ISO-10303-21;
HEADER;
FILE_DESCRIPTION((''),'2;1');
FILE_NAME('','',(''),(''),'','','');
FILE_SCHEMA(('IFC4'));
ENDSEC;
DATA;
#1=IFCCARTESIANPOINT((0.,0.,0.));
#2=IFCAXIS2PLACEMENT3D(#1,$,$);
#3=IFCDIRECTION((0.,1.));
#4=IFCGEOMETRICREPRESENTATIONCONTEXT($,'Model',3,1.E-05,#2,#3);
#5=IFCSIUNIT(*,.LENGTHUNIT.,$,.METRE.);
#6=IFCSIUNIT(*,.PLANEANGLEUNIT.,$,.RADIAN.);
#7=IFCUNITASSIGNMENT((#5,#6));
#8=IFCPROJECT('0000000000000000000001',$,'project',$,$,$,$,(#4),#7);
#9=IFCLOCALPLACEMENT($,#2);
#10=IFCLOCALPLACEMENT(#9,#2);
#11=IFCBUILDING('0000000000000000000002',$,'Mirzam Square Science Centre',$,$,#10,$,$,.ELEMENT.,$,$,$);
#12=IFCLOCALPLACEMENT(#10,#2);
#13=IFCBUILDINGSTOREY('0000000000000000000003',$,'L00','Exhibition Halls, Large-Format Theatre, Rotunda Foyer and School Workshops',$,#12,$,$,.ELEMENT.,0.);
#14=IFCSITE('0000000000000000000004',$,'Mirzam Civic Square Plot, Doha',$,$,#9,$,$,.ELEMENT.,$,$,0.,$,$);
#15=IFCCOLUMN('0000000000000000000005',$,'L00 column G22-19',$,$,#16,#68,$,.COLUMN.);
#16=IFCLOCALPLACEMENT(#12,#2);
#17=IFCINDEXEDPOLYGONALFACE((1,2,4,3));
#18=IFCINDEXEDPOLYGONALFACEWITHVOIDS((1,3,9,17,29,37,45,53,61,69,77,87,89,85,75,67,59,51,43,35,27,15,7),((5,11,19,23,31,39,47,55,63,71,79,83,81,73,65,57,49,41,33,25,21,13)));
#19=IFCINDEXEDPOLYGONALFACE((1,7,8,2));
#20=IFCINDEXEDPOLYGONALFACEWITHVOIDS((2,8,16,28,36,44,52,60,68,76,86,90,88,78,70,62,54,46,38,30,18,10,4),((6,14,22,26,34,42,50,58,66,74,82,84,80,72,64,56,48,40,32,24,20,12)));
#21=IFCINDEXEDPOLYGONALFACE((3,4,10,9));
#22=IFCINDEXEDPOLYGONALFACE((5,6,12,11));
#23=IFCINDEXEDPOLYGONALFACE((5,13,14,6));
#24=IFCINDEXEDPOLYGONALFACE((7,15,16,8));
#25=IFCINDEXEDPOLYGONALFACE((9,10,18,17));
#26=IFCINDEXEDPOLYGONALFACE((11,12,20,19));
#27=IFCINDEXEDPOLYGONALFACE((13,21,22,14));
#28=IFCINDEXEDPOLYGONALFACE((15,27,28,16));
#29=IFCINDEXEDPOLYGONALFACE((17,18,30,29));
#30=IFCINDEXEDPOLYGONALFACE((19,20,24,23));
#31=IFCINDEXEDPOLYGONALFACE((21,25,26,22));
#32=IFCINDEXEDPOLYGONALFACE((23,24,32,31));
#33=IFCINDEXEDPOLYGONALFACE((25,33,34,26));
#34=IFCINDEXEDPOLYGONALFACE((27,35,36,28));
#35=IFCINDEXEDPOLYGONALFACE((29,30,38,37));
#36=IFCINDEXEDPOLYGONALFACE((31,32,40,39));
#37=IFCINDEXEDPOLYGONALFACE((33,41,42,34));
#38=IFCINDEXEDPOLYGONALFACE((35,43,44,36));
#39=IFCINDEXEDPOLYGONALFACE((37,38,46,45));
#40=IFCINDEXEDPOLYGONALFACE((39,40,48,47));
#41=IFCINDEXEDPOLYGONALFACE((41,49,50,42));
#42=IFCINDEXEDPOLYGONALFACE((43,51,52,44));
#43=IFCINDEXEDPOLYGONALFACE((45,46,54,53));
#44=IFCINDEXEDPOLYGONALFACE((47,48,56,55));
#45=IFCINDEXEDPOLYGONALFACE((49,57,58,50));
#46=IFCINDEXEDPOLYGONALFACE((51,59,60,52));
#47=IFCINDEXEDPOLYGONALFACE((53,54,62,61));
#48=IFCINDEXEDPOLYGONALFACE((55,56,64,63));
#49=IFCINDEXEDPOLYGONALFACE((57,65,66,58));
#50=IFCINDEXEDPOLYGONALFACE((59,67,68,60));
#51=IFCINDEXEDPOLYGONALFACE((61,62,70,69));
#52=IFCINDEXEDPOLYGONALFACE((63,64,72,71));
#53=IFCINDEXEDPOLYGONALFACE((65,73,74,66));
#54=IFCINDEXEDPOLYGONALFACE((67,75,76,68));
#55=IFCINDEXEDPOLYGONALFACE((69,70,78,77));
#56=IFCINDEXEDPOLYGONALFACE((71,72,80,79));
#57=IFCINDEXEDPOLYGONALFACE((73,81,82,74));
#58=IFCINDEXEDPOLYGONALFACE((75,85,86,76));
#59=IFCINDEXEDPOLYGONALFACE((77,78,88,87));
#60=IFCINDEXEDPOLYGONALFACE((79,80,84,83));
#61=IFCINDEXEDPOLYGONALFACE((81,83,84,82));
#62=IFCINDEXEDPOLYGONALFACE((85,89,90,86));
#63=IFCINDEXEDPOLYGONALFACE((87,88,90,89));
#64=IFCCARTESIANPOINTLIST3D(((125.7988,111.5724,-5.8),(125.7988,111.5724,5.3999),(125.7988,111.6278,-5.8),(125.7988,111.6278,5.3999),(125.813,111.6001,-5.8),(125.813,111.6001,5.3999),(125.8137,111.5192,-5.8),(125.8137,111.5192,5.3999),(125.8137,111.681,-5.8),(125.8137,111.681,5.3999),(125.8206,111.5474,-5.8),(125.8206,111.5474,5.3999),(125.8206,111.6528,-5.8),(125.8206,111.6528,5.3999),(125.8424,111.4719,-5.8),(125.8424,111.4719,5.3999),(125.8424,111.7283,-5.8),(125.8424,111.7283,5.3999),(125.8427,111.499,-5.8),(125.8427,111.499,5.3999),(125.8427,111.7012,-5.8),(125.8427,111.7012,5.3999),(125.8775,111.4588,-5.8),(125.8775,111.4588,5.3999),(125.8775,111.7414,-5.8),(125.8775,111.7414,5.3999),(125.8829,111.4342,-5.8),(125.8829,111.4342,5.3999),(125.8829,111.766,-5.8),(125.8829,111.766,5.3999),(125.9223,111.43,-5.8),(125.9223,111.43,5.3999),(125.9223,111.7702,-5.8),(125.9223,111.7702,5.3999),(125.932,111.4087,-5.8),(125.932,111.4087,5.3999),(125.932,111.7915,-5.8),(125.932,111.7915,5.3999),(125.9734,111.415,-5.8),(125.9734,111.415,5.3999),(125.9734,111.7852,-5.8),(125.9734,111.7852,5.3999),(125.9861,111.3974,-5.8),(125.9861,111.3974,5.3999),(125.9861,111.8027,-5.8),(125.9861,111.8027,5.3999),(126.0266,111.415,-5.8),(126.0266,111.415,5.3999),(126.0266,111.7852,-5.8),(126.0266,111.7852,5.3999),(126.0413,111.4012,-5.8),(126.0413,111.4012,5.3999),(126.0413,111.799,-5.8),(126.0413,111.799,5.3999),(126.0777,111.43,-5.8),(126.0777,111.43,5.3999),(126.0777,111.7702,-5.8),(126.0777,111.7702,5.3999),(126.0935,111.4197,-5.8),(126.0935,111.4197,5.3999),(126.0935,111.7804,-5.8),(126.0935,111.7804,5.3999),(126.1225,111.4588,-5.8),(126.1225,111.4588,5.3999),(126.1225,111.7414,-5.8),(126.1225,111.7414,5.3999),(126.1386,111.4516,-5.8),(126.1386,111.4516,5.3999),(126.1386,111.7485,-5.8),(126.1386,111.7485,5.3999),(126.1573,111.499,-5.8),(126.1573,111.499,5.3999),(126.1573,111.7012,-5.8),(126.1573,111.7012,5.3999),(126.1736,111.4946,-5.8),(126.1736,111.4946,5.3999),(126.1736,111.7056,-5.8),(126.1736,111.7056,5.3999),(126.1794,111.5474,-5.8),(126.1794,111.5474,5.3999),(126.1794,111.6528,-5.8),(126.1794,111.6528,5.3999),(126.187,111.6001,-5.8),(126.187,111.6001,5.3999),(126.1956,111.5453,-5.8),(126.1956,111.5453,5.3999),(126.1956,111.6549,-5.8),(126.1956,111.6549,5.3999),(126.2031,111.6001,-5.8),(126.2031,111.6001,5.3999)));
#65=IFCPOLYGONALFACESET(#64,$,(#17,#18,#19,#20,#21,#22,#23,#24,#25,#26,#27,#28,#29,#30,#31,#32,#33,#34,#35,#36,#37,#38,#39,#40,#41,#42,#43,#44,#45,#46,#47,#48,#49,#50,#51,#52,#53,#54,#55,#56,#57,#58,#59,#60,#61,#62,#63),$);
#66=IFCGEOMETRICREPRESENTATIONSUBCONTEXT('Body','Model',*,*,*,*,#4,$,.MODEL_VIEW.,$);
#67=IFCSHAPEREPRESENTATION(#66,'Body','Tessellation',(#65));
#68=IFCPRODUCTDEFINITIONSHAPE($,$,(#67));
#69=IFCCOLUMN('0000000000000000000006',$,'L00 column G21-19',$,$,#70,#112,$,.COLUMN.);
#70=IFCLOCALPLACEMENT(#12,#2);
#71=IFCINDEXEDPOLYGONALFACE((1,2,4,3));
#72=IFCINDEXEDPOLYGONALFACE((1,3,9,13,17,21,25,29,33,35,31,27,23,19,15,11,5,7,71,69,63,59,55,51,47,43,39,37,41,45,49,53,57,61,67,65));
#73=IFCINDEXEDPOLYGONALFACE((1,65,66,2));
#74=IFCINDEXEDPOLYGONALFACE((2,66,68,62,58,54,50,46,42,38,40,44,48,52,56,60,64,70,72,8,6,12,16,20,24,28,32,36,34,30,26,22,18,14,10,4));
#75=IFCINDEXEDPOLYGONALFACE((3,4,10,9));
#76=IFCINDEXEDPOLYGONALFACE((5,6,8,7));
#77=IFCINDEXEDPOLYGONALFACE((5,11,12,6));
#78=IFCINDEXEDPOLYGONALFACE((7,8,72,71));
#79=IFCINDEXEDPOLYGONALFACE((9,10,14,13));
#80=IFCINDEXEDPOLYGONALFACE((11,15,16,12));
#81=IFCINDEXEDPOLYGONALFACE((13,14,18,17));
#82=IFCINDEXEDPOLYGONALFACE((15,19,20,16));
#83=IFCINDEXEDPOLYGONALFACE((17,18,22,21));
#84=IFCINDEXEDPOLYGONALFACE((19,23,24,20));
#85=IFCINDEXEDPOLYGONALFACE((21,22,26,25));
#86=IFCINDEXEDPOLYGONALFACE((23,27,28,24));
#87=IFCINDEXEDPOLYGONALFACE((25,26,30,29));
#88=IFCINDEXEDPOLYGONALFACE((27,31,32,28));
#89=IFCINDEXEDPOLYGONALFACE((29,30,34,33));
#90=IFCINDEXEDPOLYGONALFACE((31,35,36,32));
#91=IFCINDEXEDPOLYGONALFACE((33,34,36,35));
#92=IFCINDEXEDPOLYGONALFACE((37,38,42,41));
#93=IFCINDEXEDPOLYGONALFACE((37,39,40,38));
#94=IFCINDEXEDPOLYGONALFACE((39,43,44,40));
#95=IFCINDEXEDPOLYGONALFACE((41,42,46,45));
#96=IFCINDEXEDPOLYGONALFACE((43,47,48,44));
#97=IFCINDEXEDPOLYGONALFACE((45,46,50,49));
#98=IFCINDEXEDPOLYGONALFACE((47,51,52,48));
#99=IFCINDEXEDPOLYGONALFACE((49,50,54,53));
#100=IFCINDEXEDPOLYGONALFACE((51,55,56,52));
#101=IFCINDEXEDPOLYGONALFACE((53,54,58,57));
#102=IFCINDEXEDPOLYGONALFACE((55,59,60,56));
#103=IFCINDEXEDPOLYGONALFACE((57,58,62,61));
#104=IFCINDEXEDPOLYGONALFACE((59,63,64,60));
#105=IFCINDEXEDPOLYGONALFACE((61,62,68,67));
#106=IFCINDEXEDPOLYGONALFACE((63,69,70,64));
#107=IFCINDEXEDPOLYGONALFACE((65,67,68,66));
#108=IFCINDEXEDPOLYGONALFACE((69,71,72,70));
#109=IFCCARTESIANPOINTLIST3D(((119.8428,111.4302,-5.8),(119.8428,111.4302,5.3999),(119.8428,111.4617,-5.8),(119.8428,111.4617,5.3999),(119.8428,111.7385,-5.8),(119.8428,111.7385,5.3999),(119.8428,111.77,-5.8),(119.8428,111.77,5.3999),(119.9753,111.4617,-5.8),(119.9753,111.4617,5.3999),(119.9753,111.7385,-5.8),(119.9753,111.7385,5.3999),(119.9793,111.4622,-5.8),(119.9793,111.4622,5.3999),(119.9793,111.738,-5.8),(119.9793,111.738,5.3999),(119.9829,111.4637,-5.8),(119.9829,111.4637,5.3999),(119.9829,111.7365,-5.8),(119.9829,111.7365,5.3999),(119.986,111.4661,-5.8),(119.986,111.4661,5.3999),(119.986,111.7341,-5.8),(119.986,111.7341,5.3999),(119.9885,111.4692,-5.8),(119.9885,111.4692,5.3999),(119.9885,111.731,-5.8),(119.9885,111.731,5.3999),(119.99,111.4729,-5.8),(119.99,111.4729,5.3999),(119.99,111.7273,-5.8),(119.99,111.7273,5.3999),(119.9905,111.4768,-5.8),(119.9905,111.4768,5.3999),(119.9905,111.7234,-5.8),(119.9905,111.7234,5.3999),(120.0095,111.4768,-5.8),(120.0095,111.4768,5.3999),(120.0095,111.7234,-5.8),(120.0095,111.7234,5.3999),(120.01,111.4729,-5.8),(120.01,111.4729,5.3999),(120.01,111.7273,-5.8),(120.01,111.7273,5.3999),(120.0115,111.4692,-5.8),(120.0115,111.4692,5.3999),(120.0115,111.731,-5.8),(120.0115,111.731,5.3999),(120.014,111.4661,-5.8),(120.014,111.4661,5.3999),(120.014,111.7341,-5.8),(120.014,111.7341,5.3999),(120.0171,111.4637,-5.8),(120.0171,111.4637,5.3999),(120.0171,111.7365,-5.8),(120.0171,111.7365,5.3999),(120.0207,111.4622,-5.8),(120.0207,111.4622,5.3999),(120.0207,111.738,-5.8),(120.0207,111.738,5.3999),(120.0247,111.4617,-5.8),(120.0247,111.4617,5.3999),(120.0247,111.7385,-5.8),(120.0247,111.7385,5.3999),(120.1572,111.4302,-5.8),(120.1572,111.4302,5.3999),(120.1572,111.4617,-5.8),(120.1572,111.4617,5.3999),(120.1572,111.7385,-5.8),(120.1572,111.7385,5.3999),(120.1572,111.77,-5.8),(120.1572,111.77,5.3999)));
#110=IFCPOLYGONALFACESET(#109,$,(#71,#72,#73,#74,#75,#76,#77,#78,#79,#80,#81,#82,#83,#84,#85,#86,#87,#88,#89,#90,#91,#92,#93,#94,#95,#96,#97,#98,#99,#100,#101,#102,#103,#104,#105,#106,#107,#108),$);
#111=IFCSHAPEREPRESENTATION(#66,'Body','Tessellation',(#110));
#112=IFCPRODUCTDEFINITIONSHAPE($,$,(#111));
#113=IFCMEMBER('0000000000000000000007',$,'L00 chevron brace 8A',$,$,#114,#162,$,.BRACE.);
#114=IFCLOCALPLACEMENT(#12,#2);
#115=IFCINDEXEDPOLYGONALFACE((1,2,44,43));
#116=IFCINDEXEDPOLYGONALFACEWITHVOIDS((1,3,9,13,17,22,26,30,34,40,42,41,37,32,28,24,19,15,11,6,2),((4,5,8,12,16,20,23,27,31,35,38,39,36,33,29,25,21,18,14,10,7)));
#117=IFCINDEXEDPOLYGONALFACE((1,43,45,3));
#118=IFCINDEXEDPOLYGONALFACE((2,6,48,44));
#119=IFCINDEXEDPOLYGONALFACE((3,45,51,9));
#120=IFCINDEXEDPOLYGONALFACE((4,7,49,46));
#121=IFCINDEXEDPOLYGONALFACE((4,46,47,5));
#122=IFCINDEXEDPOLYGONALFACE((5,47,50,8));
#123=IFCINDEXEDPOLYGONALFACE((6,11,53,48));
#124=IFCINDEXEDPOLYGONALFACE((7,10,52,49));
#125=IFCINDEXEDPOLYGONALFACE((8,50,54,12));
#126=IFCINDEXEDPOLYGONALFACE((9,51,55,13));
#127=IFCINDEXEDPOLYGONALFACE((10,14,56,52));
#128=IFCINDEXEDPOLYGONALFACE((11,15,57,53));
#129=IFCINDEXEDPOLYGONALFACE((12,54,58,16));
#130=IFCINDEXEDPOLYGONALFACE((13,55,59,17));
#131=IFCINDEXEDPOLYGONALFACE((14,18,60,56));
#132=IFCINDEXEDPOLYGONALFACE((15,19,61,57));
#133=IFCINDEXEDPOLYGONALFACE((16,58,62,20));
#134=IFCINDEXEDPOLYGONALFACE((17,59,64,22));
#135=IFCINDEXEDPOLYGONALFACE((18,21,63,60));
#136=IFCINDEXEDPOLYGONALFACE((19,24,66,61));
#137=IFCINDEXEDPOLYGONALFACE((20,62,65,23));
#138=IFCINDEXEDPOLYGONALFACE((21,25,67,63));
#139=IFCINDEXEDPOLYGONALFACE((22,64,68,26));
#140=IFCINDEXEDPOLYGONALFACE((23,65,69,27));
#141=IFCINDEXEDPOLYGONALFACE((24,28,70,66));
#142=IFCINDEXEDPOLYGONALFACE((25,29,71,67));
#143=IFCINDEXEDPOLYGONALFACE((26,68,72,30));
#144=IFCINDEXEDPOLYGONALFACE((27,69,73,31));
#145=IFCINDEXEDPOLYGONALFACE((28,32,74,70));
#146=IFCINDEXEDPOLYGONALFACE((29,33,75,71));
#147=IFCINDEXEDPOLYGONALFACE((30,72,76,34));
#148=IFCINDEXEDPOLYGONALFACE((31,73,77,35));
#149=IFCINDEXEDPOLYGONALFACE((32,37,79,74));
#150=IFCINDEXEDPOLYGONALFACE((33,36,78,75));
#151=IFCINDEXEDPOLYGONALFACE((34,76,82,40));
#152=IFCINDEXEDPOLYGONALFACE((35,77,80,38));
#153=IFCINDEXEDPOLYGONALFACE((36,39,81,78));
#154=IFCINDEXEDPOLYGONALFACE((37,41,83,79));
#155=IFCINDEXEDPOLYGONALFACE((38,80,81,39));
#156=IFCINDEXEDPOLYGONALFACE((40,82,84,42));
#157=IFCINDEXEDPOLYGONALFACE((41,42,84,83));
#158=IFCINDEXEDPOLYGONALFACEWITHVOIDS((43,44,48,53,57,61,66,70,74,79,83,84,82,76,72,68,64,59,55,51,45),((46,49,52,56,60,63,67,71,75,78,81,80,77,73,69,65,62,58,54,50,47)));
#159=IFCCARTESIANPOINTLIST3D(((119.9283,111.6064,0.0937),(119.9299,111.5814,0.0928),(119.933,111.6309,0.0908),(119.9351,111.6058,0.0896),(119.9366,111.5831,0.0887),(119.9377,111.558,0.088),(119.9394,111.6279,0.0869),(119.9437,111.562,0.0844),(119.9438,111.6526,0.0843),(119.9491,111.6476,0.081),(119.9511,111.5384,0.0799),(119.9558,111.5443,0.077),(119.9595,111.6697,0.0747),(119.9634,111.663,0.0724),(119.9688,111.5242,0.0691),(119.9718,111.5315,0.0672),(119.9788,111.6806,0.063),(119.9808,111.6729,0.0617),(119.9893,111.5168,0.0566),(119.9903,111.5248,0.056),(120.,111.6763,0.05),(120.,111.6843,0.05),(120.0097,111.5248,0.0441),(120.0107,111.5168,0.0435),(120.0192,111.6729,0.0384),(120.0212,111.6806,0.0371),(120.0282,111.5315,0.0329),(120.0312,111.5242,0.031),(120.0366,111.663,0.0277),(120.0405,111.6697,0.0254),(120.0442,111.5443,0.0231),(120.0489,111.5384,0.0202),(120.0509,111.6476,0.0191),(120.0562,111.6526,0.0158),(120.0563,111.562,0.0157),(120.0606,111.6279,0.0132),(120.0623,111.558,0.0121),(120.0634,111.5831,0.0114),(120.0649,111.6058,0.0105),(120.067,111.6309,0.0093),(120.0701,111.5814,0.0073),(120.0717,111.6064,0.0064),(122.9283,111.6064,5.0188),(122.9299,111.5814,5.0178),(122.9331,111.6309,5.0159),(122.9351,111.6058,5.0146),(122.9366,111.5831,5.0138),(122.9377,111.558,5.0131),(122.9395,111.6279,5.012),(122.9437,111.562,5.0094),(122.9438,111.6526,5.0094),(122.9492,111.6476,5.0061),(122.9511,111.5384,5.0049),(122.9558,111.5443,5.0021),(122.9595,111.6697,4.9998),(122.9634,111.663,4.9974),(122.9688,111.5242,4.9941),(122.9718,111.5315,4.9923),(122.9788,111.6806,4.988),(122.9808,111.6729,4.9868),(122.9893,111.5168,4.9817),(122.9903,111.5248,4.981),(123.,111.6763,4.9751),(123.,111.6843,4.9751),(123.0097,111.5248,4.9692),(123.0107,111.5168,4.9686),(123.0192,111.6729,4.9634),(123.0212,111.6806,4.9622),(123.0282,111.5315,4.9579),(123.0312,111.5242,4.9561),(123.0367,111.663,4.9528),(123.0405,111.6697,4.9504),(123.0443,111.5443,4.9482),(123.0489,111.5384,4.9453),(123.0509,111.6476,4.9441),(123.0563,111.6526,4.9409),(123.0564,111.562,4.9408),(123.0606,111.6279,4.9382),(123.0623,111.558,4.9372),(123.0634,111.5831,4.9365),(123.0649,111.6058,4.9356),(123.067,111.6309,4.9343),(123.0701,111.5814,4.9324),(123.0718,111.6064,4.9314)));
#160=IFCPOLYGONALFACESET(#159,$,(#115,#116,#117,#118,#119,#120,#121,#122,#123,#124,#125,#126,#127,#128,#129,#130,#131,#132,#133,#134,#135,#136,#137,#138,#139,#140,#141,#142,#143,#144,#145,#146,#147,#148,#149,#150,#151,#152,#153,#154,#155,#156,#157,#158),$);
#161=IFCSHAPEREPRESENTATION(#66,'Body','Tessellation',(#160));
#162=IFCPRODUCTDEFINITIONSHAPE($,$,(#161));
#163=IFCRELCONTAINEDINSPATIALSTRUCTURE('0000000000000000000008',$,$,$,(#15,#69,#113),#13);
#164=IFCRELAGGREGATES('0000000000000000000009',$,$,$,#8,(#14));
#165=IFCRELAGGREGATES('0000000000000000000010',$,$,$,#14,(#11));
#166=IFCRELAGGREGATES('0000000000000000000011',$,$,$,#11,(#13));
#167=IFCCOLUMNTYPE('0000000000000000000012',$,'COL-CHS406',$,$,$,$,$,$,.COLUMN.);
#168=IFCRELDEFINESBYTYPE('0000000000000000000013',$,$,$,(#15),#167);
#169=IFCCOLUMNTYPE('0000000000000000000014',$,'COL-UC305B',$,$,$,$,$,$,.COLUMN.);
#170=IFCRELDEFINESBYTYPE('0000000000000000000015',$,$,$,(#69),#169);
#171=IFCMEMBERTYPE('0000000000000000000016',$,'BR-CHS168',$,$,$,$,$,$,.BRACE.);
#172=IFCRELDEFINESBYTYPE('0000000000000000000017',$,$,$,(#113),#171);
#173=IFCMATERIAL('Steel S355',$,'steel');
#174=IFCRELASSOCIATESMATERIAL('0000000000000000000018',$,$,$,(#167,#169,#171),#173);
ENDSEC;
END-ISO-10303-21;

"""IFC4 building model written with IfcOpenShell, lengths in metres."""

from ifc_helpers import new_model, si_unit, direction, frame, origin, origin_2d, place, context, subcontext, project, spatial, hollow_circle, i_section, extrude, material, material_profile, profile_set, type_object, element, save


model = new_model("IFC4")

# Units and contexts
model_context = context("Model", 3, precision=1e-05, world=origin(), true_north=direction((0.0, 1.0)))
body_context = subcontext(model_context, "Body", "Model", "MODEL_VIEW")
ifc_project = project(units=[si_unit("LENGTHUNIT", "METRE"), si_unit("PLANEANGLEUNIT", "RADIAN")], contexts=[model_context])

# Site, building, storey
site_placement = place(None, origin())
site = spatial("IfcSite", under=ifc_project, at=site_placement, Name="Mirzam Civic Square Plot, Doha", CompositionType="ELEMENT", RefElevation=0.0)
building_placement = place(site_placement, origin())
building = spatial("IfcBuilding", under=site, at=building_placement, Name="Mirzam Square Science Centre", CompositionType="ELEMENT")
storey_placement = place(building_placement, origin())
storey = spatial("IfcBuildingStorey", under=building, at=storey_placement, Name="L00", Description="Exhibition Halls, Large-Format Theatre, Rotunda Foyer and School Workshops", CompositionType="ELEMENT", Elevation=0.0)

# Columns
ifc_material_1 = material(Name="Steel S355", Category="steel")
ifc_material_profile_1 = material_profile(ifc_material_1, hollow_circle(Radius=0.2031, WallThickness=0.0161, at=origin_2d()), Name="406.4x16.0CHS")
ifc_profile_set_1 = profile_set([ifc_material_profile_1], Name="Steel S355")
column_type_1 = type_object("IfcColumnType", Name="COL-CHS406", PredefinedType="COLUMN", material=ifc_profile_set_1)
column_1_placement = place(storey_placement, frame((126.0, 111.6001, -5.8), z_axis=(0.0, 0.0, 1.0), x_axis=(1.0, 0.0, 0.0)))
element("IfcColumn", 1, at=column_1_placement, inside=storey, type_object=column_type_1, Name="L00 column G22-19", PredefinedType="COLUMN", context=body_context, shape_type="SweptSolid", body=[
    extrude(hollow_circle(Radius=0.2031, WallThickness=0.0161, at=origin_2d()), origin(), (0.0, 0.0, 1.0), 11.2),
])
ifc_material_profile_2 = material_profile(ifc_material_1, i_section(OverallWidth=0.3145, OverallDepth=0.3398, WebThickness=0.019, FlangeThickness=0.0315, FilletRadius=0.0151, at=origin_2d()), Name="305x305x198UC")
ifc_profile_set_2 = profile_set([ifc_material_profile_2], Name="Steel S355")
column_type_2 = type_object("IfcColumnType", Name="COL-UC305B", PredefinedType="COLUMN", material=ifc_profile_set_2)
column_2_placement = place(storey_placement, frame((120.0, 111.6001, -5.8), z_axis=(0.0, 0.0, 1.0), x_axis=(1.0, 0.0, 0.0)))
element("IfcColumn", 2, at=column_2_placement, inside=storey, type_object=column_type_2, Name="L00 column G21-19", PredefinedType="COLUMN", context=body_context, shape_type="SweptSolid", body=[
    extrude(i_section(OverallWidth=0.3145, OverallDepth=0.3398, WebThickness=0.019, FlangeThickness=0.0315, FilletRadius=0.0151, at=origin_2d()), origin(), (0.0, 0.0, 1.0), 11.2),
])

# Member
ifc_material_profile_3 = material_profile(ifc_material_1, hollow_circle(Radius=0.0842, WallThickness=0.0081, at=origin_2d()), Name="168.3x8.0CHS")
ifc_profile_set_3 = profile_set([ifc_material_profile_3], Name="Steel S355")
member_type_1 = type_object("IfcMemberType", Name="BR-CHS168", PredefinedType="BRACE", material=ifc_profile_set_3)
for number, where, z_axis, x_axis, name in (
    (3, (120.0, 111.6001, 0.05), (0.520218, 0.0, 0.854033), (0.0, 1.0, 0.0), "L00 chevron brace 8A"),
):
    element("IfcMember", number, at=place(storey_placement, frame(where, z_axis=z_axis, x_axis=x_axis)), inside=storey, type_object=member_type_1, Name=name, PredefinedType="BRACE", context=body_context, shape_type="SweptSolid", body=[
        extrude(hollow_circle(Radius=0.0842, WallThickness=0.0081, at=origin_2d()), origin(), (0.0, 0.0, 1.0), 5.7668),
    ])

save(model, "model.ifc")
